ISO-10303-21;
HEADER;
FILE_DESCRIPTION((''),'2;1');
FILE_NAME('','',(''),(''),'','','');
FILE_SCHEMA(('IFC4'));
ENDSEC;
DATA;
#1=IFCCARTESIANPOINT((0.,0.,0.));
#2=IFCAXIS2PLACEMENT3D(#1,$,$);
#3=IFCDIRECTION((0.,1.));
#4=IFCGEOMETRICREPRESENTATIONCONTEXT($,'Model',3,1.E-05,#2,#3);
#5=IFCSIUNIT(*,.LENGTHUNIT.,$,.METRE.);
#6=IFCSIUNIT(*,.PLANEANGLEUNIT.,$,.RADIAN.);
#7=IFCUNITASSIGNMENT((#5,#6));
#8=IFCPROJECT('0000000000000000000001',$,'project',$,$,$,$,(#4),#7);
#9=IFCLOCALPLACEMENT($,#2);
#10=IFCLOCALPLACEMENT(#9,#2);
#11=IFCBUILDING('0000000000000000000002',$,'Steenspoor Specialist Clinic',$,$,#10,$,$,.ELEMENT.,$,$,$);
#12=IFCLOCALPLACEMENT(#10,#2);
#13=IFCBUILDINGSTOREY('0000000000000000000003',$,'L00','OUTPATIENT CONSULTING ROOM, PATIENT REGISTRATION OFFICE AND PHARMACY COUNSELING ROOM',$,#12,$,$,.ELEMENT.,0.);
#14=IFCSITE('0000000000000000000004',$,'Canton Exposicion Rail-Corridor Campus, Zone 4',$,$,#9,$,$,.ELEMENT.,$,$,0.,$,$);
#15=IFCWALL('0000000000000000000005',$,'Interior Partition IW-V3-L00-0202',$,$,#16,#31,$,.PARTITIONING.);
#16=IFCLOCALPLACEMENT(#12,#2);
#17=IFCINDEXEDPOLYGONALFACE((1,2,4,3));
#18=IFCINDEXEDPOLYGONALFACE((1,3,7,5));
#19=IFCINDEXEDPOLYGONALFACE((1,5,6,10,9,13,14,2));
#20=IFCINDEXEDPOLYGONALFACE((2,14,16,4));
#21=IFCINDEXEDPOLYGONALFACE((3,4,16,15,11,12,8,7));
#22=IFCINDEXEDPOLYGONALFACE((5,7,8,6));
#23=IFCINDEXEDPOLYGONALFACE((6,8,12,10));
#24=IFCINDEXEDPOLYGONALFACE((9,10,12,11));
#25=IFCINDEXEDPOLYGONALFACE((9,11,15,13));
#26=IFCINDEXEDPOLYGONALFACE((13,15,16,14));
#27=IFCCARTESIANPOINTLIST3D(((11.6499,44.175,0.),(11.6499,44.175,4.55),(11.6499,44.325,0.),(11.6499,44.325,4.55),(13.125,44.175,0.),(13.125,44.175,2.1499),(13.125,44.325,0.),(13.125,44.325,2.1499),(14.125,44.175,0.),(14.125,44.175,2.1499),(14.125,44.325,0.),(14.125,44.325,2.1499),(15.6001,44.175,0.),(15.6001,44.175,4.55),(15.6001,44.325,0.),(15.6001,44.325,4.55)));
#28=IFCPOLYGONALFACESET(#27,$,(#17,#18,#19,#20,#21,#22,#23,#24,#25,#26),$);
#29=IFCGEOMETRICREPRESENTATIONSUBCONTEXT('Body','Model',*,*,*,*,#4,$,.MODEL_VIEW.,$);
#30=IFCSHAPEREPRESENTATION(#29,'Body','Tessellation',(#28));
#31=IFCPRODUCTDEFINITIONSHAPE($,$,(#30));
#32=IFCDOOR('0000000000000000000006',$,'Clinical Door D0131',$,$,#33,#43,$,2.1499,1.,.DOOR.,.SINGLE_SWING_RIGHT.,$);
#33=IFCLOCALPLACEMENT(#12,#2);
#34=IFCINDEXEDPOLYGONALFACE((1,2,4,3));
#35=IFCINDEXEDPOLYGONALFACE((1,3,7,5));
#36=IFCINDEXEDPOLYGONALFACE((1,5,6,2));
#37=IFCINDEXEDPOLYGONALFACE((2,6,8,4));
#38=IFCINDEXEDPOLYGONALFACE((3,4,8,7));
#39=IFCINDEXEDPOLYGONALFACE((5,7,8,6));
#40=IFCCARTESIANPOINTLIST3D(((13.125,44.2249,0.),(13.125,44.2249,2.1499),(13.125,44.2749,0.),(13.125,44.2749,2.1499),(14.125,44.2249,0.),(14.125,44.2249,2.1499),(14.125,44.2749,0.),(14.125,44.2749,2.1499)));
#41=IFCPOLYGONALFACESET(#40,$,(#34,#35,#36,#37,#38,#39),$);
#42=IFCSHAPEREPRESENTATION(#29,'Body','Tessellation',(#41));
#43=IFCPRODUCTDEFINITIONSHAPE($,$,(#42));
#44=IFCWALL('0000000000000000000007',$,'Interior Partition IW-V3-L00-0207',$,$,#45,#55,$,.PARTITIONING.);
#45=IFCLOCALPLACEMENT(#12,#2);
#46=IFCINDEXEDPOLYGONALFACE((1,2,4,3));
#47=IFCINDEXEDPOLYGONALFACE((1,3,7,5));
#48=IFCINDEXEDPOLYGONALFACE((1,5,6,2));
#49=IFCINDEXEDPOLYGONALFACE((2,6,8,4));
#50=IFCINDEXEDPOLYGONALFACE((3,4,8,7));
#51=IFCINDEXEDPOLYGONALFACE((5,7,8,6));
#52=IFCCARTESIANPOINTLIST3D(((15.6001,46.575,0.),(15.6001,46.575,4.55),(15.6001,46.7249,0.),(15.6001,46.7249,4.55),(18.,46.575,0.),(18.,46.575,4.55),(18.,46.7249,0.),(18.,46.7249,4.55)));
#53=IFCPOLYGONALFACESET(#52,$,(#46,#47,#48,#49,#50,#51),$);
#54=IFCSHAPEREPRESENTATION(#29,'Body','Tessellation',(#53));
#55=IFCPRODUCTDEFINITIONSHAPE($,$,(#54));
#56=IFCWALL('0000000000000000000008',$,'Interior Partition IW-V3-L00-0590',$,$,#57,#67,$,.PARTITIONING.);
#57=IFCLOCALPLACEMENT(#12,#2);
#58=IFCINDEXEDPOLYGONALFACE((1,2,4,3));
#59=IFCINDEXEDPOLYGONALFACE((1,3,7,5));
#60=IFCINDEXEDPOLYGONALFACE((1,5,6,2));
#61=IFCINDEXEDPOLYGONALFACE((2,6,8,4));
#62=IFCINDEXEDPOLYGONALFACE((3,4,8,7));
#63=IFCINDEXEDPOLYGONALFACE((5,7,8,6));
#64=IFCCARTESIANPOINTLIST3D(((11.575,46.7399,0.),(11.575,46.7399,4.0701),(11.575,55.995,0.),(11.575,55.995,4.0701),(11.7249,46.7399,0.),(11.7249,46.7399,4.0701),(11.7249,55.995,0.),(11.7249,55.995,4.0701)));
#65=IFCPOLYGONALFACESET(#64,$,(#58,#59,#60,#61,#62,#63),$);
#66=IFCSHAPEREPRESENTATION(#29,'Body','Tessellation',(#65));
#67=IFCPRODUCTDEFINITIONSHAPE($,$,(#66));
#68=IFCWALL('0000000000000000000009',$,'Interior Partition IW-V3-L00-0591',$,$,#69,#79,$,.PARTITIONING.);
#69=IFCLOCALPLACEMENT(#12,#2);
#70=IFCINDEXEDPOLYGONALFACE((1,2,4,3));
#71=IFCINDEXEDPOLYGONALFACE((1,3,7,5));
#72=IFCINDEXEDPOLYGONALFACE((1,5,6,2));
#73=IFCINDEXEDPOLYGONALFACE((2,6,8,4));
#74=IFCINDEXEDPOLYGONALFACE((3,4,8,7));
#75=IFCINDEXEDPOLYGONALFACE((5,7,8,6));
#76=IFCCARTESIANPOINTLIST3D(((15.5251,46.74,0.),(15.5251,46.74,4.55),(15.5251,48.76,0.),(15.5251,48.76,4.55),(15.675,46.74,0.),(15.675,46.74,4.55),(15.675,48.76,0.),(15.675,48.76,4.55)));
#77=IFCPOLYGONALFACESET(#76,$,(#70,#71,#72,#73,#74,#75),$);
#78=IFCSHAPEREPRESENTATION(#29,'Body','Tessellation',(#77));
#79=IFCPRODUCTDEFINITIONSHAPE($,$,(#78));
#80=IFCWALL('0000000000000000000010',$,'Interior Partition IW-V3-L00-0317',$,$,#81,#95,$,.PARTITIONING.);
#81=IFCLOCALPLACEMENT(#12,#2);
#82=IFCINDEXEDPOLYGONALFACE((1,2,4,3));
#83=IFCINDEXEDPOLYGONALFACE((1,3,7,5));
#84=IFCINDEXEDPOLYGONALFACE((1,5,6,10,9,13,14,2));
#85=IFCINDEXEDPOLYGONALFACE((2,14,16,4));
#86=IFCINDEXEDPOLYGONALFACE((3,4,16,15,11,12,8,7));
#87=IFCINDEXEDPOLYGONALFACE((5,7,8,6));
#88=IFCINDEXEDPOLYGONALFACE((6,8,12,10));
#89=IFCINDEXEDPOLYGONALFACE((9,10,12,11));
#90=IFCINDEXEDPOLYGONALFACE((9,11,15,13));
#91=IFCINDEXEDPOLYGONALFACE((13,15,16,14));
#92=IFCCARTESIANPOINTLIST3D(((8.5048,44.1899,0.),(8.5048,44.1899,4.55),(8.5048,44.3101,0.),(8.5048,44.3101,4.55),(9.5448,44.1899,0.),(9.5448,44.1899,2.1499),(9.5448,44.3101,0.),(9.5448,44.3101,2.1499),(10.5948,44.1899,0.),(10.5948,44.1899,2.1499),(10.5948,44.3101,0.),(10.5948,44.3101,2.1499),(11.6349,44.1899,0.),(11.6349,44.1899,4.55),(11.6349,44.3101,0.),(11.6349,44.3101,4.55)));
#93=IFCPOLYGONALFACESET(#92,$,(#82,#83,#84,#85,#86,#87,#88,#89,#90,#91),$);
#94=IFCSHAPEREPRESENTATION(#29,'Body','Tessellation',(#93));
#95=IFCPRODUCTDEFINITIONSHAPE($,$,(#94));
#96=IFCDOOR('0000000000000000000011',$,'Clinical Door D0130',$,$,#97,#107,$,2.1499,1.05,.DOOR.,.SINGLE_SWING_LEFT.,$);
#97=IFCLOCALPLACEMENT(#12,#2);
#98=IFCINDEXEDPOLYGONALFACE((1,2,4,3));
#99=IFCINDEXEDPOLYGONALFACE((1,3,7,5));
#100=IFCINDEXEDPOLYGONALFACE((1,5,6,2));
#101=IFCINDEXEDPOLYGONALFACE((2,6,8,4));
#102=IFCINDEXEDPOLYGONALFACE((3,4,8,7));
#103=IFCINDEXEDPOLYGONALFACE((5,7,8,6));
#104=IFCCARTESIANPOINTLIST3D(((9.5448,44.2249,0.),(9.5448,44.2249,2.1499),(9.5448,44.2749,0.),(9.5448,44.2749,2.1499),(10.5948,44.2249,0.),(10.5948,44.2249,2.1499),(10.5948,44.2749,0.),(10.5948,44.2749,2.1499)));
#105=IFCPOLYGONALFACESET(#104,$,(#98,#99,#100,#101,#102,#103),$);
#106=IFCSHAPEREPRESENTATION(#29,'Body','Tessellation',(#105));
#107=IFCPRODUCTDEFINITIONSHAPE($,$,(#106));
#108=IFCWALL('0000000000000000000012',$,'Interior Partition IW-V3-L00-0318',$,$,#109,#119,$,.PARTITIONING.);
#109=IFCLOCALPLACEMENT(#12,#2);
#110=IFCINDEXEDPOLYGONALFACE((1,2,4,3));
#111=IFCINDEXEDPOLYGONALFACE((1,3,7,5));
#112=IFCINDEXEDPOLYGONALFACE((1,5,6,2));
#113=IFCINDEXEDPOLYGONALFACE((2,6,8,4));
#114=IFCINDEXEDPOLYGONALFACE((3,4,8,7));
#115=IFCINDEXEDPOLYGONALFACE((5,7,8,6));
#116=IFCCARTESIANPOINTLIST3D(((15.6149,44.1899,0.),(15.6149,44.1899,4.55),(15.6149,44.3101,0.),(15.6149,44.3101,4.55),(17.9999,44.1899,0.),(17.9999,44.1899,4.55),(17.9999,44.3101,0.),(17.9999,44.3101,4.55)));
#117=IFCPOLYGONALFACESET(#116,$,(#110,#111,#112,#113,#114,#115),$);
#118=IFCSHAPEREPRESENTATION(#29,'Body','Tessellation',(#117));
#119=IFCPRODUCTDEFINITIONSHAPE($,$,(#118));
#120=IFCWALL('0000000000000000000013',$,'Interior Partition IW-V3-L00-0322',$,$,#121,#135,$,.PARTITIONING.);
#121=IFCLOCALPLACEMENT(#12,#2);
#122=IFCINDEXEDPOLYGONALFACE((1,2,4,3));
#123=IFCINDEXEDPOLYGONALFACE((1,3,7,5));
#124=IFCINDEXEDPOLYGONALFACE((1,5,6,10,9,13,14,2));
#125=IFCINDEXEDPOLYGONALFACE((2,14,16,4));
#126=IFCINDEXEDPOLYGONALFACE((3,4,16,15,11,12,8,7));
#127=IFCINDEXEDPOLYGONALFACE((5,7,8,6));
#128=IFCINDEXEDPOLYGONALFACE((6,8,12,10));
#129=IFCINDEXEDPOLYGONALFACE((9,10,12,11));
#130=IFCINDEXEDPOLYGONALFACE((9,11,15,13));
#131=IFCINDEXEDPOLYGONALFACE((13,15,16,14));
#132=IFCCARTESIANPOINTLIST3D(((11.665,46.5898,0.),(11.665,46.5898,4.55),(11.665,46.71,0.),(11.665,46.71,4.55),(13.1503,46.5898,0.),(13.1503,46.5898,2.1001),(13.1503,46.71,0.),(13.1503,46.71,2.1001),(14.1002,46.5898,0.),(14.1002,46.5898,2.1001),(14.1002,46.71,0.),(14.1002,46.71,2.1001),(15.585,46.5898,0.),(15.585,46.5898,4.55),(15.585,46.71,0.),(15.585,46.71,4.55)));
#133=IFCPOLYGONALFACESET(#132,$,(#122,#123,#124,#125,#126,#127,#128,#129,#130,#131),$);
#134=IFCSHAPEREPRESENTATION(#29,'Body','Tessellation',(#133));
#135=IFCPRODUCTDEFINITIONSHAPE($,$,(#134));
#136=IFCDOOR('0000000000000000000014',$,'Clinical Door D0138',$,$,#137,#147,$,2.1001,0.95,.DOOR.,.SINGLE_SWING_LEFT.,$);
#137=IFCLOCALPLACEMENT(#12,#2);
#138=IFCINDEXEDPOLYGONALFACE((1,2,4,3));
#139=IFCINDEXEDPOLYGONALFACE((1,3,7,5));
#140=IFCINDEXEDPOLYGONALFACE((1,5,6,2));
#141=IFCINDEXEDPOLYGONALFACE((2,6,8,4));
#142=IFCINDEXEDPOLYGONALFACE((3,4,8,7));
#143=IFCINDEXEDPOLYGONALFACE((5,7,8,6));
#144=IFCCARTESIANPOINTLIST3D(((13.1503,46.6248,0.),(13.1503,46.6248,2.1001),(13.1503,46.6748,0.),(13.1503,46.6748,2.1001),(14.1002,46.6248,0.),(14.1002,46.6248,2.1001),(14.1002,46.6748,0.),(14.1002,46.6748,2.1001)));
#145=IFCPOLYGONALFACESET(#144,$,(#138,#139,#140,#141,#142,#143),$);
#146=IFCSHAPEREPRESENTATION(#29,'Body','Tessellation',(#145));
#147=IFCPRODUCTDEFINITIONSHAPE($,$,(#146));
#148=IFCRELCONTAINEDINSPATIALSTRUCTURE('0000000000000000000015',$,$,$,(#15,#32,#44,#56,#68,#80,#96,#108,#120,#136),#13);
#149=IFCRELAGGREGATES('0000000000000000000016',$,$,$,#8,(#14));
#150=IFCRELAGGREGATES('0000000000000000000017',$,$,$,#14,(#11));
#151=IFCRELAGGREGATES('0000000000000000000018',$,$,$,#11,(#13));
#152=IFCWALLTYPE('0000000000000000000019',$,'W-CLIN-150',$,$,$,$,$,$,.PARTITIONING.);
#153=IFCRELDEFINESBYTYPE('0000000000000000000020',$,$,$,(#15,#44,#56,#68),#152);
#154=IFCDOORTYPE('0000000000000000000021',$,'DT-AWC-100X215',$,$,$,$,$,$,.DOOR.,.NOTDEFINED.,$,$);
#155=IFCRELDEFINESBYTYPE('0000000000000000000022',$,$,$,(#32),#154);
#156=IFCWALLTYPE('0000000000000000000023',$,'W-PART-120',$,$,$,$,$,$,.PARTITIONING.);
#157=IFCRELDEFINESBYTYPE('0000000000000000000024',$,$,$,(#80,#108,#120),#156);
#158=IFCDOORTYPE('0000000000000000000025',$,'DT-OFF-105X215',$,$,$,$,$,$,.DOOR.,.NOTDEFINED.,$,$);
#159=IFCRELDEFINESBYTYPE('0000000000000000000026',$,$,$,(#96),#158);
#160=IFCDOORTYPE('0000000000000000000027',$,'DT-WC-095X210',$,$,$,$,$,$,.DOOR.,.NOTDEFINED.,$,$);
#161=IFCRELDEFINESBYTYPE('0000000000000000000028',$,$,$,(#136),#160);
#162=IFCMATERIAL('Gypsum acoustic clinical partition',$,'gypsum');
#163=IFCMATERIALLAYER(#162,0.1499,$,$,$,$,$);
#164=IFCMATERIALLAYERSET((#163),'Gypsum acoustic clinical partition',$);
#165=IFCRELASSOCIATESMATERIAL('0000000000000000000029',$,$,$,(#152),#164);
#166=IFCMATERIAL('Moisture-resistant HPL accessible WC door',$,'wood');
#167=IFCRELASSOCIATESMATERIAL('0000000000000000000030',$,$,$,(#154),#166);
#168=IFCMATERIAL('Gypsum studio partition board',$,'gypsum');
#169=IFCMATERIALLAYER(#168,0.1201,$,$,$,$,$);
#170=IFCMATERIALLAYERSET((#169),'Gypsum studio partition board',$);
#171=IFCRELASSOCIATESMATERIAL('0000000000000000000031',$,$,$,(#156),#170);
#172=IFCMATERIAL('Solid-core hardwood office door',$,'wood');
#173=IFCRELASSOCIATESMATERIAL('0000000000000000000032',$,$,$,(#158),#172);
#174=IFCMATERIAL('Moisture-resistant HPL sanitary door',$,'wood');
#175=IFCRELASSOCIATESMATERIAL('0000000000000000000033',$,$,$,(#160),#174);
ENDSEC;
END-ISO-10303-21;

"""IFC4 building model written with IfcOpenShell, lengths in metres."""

from ifc_helpers import new_model, si_unit, direction, frame, frame_2d, origin, place, context, subcontext, project, spatial, rectangle, extrude, material, layer, layer_set, type_object, element, fill, save


model = new_model("IFC4")

# Units and contexts
model_context = context("Model", 3, precision=1e-05, world=origin(), true_north=direction((0.0, 1.0)))
body_context = subcontext(model_context, "Body", "Model", "MODEL_VIEW")
ifc_project = project(units=[si_unit("LENGTHUNIT", "METRE"), si_unit("PLANEANGLEUNIT", "RADIAN")], contexts=[model_context])

# Site, building, storey
site_placement = place(None, origin())
site = spatial("IfcSite", under=ifc_project, at=site_placement, Name="Canton Exposicion Rail-Corridor Campus, Zone 4", CompositionType="ELEMENT", RefElevation=0.0)
building_placement = place(site_placement, origin())
building = spatial("IfcBuilding", under=site, at=building_placement, Name="Steenspoor Specialist Clinic", CompositionType="ELEMENT")
storey_placement = place(building_placement, origin())
storey = spatial("IfcBuildingStorey", under=building, at=storey_placement, Name="L00", Description="OUTPATIENT CONSULTING ROOM, PATIENT REGISTRATION OFFICE AND PHARMACY COUNSELING ROOM", CompositionType="ELEMENT", Elevation=0.0)

# Wall, opening, door
ifc_material_1 = material(Name="Gypsum acoustic clinical partition", Category="gypsum")
ifc_layer_1 = layer(ifc_material_1, 0.1499)
ifc_layer_set_1 = layer_set([ifc_layer_1], Name="Gypsum acoustic clinical partition")
wall_type_1 = type_object("IfcWallType", Name="W-CLIN-150", PredefinedType="PARTITIONING", material=ifc_layer_set_1)
wall_1_placement = place(storey_placement, frame((11.6499, 44.25, 0.0), z_axis=(0.0, 0.0, 1.0), x_axis=(1.0, 0.0, 0.0)))
wall_1 = element("IfcWall", 1, at=wall_1_placement, inside=storey, type_object=wall_type_1, Name="Interior Partition IW-V3-L00-0202", PredefinedType="PARTITIONING", context=body_context, shape_type="SweptSolid", body=[
    extrude(rectangle(XDim=3.9502, YDim=0.1499, at=frame_2d((1.9751, 0.0))), origin(), (0.0, 0.0, 1.0), 4.55),
])
opening_1_placement = place(wall_1_placement, frame((1.4751, 0.0, 0.0)))
opening_1 = element("IfcOpeningElement", 2, at=opening_1_placement, cuts=wall_1, PredefinedType="OPENING", context=body_context, shape_type="SweptSolid", body=[
    extrude(rectangle(XDim=1.0, YDim=2.1499, at=frame_2d((0.5, 1.075))), frame((0.0, 0.085, 0.0), z_axis=(0.0, -1.0, 0.0), x_axis=(1.0, 0.0, 0.0)), (0.0, 0.0, 1.0), 0.1699),
])
ifc_material_2 = material(Name="Moisture-resistant HPL accessible WC door", Category="wood")
door_type_1 = type_object("IfcDoorType", Name="DT-AWC-100X215", OperationType="NOTDEFINED", PredefinedType="DOOR", material=ifc_material_2)
door_1_placement = place(opening_1_placement, origin())
door_1 = element("IfcDoor", 3, at=door_1_placement, inside=storey, type_object=door_type_1, Name="Clinical Door D0131", OperationType="SINGLE_SWING_RIGHT", OverallHeight=2.1499, OverallWidth=1.0, PredefinedType="DOOR", context=body_context, shape_type="SweptSolid", body=[
    extrude(rectangle(XDim=1.0, YDim=2.1499, at=frame_2d((0.5, 1.075))), frame((0.0, 0.0249, 0.0), z_axis=(0.0, -1.0, 0.0), x_axis=(1.0, 0.0, 0.0)), (0.0, 0.0, 1.0), 0.05),
])
fill(opening_1, door_1)

# Walls
wall_2_placement = place(storey_placement, frame((15.6001, 46.6499, 0.0), z_axis=(0.0, 0.0, 1.0), x_axis=(1.0, 0.0, 0.0)))
element("IfcWall", 4, at=wall_2_placement, inside=storey, type_object=wall_type_1, Name="Interior Partition IW-V3-L00-0207", PredefinedType="PARTITIONING", context=body_context, shape_type="SweptSolid", body=[
    extrude(rectangle(XDim=2.3999, YDim=0.1499, at=frame_2d((1.2, 0.0))), origin(), (0.0, 0.0, 1.0), 4.55),
])
wall_3_placement = place(storey_placement, frame((11.6499, 46.74, 0.0), z_axis=(0.0, 0.0, 1.0), x_axis=(0.0, 1.0, 0.0)))
element("IfcWall", 5, at=wall_3_placement, inside=storey, type_object=wall_type_1, Name="Interior Partition IW-V3-L00-0590", PredefinedType="PARTITIONING", context=body_context, shape_type="SweptSolid", body=[
    extrude(rectangle(XDim=9.2551, YDim=0.1499, at=frame_2d((4.6274, 0.0))), origin(), (0.0, 0.0, 1.0), 4.0701),
])
wall_4_placement = place(storey_placement, frame((15.6001, 46.74, 0.0), z_axis=(0.0, 0.0, 1.0), x_axis=(0.0, 1.0, 0.0)))
element("IfcWall", 6, at=wall_4_placement, inside=storey, type_object=wall_type_1, Name="Interior Partition IW-V3-L00-0591", PredefinedType="PARTITIONING", context=body_context, shape_type="SweptSolid", body=[
    extrude(rectangle(XDim=2.02, YDim=0.1499, at=frame_2d((1.01, 0.0))), origin(), (0.0, 0.0, 1.0), 4.55),
])

# Wall, opening, door
ifc_material_3 = material(Name="Gypsum studio partition board", Category="gypsum")
ifc_layer_2 = layer(ifc_material_3, 0.1201)
ifc_layer_set_2 = layer_set([ifc_layer_2], Name="Gypsum studio partition board")
wall_type_2 = type_object("IfcWallType", Name="W-PART-120", PredefinedType="PARTITIONING", material=ifc_layer_set_2)
wall_5_placement = place(storey_placement, frame((8.5049, 44.25, 0.0), z_axis=(0.0, 0.0, 1.0), x_axis=(1.0, 0.0, 0.0)))
wall_5 = element("IfcWall", 7, at=wall_5_placement, inside=storey, type_object=wall_type_2, Name="Interior Partition IW-V3-L00-0317", PredefinedType="PARTITIONING", context=body_context, shape_type="SweptSolid", body=[
    extrude(rectangle(XDim=3.1301, YDim=0.1201, at=frame_2d((1.5649, 0.0))), origin(), (0.0, 0.0, 1.0), 4.55),
])
opening_2_placement = place(wall_5_placement, frame((1.04, 0.0, 0.0)))
opening_2 = element("IfcOpeningElement", 8, at=opening_2_placement, cuts=wall_5, PredefinedType="OPENING", context=body_context, shape_type="SweptSolid", body=[
    extrude(rectangle(XDim=1.05, YDim=2.1499, at=frame_2d((0.5249, 1.075))), frame((0.0, 0.0701, 0.0), z_axis=(0.0, -1.0, 0.0), x_axis=(1.0, 0.0, 0.0)), (0.0, 0.0, 1.0), 0.1401),
])
ifc_material_4 = material(Name="Solid-core hardwood office door", Category="wood")
door_type_2 = type_object("IfcDoorType", Name="DT-OFF-105X215", OperationType="NOTDEFINED", PredefinedType="DOOR", material=ifc_material_4)
door_2_placement = place(opening_2_placement, origin())
door_2 = element("IfcDoor", 9, at=door_2_placement, inside=storey, type_object=door_type_2, Name="Clinical Door D0130", OperationType="SINGLE_SWING_LEFT", OverallHeight=2.1499, OverallWidth=1.05, PredefinedType="DOOR", context=body_context, shape_type="SweptSolid", body=[
    extrude(rectangle(XDim=1.05, YDim=2.1499, at=frame_2d((0.5249, 1.075))), frame((0.0, 0.0249, 0.0), z_axis=(0.0, -1.0, 0.0), x_axis=(1.0, 0.0, 0.0)), (0.0, 0.0, 1.0), 0.05),
])
fill(opening_2, door_2)

# Wall
wall_6_placement = place(storey_placement, frame((15.615, 44.25, 0.0), z_axis=(0.0, 0.0, 1.0), x_axis=(1.0, 0.0, 0.0)))
element("IfcWall", 10, at=wall_6_placement, inside=storey, type_object=wall_type_2, Name="Interior Partition IW-V3-L00-0318", PredefinedType="PARTITIONING", context=body_context, shape_type="SweptSolid", body=[
    extrude(rectangle(XDim=2.385, YDim=0.1201, at=frame_2d((1.1924, 0.0))), origin(), (0.0, 0.0, 1.0), 4.55),
])

# Wall, opening, door
wall_7_placement = place(storey_placement, frame((11.665, 46.6499, 0.0), z_axis=(0.0, 0.0, 1.0), x_axis=(1.0, 0.0, 0.0)))
wall_7 = element("IfcWall", 11, at=wall_7_placement, inside=storey, type_object=wall_type_2, Name="Interior Partition IW-V3-L00-0322", PredefinedType="PARTITIONING", context=body_context, shape_type="SweptSolid", body=[
    extrude(rectangle(XDim=3.9199, YDim=0.1201, at=frame_2d((1.96, 0.0))), origin(), (0.0, 0.0, 1.0), 4.55),
])
opening_3_placement = place(wall_7_placement, frame((1.4851, 0.0, 0.0)))
opening_3 = element("IfcOpeningElement", 12, at=opening_3_placement, cuts=wall_7, PredefinedType="OPENING", context=body_context, shape_type="SweptSolid", body=[
    extrude(rectangle(XDim=0.95, YDim=2.1001, at=frame_2d((0.4751, 1.05))), frame((0.0, 0.0701, 0.0), z_axis=(0.0, -1.0, 0.0), x_axis=(1.0, 0.0, 0.0)), (0.0, 0.0, 1.0), 0.1401),
])
ifc_material_5 = material(Name="Moisture-resistant HPL sanitary door", Category="wood")
door_type_3 = type_object("IfcDoorType", Name="DT-WC-095X210", OperationType="NOTDEFINED", PredefinedType="DOOR", material=ifc_material_5)
door_3_placement = place(opening_3_placement, origin())
door_3 = element("IfcDoor", 13, at=door_3_placement, inside=storey, type_object=door_type_3, Name="Clinical Door D0138", OperationType="SINGLE_SWING_LEFT", OverallHeight=2.1001, OverallWidth=0.95, PredefinedType="DOOR", context=body_context, shape_type="SweptSolid", body=[
    extrude(rectangle(XDim=0.95, YDim=2.1001, at=frame_2d((0.4751, 1.05))), frame((0.0, 0.0249, 0.0), z_axis=(0.0, -1.0, 0.0), x_axis=(1.0, 0.0, 0.0)), (0.0, 0.0, 1.0), 0.05),
])
fill(opening_3, door_3)

save(model, "model.ifc")
